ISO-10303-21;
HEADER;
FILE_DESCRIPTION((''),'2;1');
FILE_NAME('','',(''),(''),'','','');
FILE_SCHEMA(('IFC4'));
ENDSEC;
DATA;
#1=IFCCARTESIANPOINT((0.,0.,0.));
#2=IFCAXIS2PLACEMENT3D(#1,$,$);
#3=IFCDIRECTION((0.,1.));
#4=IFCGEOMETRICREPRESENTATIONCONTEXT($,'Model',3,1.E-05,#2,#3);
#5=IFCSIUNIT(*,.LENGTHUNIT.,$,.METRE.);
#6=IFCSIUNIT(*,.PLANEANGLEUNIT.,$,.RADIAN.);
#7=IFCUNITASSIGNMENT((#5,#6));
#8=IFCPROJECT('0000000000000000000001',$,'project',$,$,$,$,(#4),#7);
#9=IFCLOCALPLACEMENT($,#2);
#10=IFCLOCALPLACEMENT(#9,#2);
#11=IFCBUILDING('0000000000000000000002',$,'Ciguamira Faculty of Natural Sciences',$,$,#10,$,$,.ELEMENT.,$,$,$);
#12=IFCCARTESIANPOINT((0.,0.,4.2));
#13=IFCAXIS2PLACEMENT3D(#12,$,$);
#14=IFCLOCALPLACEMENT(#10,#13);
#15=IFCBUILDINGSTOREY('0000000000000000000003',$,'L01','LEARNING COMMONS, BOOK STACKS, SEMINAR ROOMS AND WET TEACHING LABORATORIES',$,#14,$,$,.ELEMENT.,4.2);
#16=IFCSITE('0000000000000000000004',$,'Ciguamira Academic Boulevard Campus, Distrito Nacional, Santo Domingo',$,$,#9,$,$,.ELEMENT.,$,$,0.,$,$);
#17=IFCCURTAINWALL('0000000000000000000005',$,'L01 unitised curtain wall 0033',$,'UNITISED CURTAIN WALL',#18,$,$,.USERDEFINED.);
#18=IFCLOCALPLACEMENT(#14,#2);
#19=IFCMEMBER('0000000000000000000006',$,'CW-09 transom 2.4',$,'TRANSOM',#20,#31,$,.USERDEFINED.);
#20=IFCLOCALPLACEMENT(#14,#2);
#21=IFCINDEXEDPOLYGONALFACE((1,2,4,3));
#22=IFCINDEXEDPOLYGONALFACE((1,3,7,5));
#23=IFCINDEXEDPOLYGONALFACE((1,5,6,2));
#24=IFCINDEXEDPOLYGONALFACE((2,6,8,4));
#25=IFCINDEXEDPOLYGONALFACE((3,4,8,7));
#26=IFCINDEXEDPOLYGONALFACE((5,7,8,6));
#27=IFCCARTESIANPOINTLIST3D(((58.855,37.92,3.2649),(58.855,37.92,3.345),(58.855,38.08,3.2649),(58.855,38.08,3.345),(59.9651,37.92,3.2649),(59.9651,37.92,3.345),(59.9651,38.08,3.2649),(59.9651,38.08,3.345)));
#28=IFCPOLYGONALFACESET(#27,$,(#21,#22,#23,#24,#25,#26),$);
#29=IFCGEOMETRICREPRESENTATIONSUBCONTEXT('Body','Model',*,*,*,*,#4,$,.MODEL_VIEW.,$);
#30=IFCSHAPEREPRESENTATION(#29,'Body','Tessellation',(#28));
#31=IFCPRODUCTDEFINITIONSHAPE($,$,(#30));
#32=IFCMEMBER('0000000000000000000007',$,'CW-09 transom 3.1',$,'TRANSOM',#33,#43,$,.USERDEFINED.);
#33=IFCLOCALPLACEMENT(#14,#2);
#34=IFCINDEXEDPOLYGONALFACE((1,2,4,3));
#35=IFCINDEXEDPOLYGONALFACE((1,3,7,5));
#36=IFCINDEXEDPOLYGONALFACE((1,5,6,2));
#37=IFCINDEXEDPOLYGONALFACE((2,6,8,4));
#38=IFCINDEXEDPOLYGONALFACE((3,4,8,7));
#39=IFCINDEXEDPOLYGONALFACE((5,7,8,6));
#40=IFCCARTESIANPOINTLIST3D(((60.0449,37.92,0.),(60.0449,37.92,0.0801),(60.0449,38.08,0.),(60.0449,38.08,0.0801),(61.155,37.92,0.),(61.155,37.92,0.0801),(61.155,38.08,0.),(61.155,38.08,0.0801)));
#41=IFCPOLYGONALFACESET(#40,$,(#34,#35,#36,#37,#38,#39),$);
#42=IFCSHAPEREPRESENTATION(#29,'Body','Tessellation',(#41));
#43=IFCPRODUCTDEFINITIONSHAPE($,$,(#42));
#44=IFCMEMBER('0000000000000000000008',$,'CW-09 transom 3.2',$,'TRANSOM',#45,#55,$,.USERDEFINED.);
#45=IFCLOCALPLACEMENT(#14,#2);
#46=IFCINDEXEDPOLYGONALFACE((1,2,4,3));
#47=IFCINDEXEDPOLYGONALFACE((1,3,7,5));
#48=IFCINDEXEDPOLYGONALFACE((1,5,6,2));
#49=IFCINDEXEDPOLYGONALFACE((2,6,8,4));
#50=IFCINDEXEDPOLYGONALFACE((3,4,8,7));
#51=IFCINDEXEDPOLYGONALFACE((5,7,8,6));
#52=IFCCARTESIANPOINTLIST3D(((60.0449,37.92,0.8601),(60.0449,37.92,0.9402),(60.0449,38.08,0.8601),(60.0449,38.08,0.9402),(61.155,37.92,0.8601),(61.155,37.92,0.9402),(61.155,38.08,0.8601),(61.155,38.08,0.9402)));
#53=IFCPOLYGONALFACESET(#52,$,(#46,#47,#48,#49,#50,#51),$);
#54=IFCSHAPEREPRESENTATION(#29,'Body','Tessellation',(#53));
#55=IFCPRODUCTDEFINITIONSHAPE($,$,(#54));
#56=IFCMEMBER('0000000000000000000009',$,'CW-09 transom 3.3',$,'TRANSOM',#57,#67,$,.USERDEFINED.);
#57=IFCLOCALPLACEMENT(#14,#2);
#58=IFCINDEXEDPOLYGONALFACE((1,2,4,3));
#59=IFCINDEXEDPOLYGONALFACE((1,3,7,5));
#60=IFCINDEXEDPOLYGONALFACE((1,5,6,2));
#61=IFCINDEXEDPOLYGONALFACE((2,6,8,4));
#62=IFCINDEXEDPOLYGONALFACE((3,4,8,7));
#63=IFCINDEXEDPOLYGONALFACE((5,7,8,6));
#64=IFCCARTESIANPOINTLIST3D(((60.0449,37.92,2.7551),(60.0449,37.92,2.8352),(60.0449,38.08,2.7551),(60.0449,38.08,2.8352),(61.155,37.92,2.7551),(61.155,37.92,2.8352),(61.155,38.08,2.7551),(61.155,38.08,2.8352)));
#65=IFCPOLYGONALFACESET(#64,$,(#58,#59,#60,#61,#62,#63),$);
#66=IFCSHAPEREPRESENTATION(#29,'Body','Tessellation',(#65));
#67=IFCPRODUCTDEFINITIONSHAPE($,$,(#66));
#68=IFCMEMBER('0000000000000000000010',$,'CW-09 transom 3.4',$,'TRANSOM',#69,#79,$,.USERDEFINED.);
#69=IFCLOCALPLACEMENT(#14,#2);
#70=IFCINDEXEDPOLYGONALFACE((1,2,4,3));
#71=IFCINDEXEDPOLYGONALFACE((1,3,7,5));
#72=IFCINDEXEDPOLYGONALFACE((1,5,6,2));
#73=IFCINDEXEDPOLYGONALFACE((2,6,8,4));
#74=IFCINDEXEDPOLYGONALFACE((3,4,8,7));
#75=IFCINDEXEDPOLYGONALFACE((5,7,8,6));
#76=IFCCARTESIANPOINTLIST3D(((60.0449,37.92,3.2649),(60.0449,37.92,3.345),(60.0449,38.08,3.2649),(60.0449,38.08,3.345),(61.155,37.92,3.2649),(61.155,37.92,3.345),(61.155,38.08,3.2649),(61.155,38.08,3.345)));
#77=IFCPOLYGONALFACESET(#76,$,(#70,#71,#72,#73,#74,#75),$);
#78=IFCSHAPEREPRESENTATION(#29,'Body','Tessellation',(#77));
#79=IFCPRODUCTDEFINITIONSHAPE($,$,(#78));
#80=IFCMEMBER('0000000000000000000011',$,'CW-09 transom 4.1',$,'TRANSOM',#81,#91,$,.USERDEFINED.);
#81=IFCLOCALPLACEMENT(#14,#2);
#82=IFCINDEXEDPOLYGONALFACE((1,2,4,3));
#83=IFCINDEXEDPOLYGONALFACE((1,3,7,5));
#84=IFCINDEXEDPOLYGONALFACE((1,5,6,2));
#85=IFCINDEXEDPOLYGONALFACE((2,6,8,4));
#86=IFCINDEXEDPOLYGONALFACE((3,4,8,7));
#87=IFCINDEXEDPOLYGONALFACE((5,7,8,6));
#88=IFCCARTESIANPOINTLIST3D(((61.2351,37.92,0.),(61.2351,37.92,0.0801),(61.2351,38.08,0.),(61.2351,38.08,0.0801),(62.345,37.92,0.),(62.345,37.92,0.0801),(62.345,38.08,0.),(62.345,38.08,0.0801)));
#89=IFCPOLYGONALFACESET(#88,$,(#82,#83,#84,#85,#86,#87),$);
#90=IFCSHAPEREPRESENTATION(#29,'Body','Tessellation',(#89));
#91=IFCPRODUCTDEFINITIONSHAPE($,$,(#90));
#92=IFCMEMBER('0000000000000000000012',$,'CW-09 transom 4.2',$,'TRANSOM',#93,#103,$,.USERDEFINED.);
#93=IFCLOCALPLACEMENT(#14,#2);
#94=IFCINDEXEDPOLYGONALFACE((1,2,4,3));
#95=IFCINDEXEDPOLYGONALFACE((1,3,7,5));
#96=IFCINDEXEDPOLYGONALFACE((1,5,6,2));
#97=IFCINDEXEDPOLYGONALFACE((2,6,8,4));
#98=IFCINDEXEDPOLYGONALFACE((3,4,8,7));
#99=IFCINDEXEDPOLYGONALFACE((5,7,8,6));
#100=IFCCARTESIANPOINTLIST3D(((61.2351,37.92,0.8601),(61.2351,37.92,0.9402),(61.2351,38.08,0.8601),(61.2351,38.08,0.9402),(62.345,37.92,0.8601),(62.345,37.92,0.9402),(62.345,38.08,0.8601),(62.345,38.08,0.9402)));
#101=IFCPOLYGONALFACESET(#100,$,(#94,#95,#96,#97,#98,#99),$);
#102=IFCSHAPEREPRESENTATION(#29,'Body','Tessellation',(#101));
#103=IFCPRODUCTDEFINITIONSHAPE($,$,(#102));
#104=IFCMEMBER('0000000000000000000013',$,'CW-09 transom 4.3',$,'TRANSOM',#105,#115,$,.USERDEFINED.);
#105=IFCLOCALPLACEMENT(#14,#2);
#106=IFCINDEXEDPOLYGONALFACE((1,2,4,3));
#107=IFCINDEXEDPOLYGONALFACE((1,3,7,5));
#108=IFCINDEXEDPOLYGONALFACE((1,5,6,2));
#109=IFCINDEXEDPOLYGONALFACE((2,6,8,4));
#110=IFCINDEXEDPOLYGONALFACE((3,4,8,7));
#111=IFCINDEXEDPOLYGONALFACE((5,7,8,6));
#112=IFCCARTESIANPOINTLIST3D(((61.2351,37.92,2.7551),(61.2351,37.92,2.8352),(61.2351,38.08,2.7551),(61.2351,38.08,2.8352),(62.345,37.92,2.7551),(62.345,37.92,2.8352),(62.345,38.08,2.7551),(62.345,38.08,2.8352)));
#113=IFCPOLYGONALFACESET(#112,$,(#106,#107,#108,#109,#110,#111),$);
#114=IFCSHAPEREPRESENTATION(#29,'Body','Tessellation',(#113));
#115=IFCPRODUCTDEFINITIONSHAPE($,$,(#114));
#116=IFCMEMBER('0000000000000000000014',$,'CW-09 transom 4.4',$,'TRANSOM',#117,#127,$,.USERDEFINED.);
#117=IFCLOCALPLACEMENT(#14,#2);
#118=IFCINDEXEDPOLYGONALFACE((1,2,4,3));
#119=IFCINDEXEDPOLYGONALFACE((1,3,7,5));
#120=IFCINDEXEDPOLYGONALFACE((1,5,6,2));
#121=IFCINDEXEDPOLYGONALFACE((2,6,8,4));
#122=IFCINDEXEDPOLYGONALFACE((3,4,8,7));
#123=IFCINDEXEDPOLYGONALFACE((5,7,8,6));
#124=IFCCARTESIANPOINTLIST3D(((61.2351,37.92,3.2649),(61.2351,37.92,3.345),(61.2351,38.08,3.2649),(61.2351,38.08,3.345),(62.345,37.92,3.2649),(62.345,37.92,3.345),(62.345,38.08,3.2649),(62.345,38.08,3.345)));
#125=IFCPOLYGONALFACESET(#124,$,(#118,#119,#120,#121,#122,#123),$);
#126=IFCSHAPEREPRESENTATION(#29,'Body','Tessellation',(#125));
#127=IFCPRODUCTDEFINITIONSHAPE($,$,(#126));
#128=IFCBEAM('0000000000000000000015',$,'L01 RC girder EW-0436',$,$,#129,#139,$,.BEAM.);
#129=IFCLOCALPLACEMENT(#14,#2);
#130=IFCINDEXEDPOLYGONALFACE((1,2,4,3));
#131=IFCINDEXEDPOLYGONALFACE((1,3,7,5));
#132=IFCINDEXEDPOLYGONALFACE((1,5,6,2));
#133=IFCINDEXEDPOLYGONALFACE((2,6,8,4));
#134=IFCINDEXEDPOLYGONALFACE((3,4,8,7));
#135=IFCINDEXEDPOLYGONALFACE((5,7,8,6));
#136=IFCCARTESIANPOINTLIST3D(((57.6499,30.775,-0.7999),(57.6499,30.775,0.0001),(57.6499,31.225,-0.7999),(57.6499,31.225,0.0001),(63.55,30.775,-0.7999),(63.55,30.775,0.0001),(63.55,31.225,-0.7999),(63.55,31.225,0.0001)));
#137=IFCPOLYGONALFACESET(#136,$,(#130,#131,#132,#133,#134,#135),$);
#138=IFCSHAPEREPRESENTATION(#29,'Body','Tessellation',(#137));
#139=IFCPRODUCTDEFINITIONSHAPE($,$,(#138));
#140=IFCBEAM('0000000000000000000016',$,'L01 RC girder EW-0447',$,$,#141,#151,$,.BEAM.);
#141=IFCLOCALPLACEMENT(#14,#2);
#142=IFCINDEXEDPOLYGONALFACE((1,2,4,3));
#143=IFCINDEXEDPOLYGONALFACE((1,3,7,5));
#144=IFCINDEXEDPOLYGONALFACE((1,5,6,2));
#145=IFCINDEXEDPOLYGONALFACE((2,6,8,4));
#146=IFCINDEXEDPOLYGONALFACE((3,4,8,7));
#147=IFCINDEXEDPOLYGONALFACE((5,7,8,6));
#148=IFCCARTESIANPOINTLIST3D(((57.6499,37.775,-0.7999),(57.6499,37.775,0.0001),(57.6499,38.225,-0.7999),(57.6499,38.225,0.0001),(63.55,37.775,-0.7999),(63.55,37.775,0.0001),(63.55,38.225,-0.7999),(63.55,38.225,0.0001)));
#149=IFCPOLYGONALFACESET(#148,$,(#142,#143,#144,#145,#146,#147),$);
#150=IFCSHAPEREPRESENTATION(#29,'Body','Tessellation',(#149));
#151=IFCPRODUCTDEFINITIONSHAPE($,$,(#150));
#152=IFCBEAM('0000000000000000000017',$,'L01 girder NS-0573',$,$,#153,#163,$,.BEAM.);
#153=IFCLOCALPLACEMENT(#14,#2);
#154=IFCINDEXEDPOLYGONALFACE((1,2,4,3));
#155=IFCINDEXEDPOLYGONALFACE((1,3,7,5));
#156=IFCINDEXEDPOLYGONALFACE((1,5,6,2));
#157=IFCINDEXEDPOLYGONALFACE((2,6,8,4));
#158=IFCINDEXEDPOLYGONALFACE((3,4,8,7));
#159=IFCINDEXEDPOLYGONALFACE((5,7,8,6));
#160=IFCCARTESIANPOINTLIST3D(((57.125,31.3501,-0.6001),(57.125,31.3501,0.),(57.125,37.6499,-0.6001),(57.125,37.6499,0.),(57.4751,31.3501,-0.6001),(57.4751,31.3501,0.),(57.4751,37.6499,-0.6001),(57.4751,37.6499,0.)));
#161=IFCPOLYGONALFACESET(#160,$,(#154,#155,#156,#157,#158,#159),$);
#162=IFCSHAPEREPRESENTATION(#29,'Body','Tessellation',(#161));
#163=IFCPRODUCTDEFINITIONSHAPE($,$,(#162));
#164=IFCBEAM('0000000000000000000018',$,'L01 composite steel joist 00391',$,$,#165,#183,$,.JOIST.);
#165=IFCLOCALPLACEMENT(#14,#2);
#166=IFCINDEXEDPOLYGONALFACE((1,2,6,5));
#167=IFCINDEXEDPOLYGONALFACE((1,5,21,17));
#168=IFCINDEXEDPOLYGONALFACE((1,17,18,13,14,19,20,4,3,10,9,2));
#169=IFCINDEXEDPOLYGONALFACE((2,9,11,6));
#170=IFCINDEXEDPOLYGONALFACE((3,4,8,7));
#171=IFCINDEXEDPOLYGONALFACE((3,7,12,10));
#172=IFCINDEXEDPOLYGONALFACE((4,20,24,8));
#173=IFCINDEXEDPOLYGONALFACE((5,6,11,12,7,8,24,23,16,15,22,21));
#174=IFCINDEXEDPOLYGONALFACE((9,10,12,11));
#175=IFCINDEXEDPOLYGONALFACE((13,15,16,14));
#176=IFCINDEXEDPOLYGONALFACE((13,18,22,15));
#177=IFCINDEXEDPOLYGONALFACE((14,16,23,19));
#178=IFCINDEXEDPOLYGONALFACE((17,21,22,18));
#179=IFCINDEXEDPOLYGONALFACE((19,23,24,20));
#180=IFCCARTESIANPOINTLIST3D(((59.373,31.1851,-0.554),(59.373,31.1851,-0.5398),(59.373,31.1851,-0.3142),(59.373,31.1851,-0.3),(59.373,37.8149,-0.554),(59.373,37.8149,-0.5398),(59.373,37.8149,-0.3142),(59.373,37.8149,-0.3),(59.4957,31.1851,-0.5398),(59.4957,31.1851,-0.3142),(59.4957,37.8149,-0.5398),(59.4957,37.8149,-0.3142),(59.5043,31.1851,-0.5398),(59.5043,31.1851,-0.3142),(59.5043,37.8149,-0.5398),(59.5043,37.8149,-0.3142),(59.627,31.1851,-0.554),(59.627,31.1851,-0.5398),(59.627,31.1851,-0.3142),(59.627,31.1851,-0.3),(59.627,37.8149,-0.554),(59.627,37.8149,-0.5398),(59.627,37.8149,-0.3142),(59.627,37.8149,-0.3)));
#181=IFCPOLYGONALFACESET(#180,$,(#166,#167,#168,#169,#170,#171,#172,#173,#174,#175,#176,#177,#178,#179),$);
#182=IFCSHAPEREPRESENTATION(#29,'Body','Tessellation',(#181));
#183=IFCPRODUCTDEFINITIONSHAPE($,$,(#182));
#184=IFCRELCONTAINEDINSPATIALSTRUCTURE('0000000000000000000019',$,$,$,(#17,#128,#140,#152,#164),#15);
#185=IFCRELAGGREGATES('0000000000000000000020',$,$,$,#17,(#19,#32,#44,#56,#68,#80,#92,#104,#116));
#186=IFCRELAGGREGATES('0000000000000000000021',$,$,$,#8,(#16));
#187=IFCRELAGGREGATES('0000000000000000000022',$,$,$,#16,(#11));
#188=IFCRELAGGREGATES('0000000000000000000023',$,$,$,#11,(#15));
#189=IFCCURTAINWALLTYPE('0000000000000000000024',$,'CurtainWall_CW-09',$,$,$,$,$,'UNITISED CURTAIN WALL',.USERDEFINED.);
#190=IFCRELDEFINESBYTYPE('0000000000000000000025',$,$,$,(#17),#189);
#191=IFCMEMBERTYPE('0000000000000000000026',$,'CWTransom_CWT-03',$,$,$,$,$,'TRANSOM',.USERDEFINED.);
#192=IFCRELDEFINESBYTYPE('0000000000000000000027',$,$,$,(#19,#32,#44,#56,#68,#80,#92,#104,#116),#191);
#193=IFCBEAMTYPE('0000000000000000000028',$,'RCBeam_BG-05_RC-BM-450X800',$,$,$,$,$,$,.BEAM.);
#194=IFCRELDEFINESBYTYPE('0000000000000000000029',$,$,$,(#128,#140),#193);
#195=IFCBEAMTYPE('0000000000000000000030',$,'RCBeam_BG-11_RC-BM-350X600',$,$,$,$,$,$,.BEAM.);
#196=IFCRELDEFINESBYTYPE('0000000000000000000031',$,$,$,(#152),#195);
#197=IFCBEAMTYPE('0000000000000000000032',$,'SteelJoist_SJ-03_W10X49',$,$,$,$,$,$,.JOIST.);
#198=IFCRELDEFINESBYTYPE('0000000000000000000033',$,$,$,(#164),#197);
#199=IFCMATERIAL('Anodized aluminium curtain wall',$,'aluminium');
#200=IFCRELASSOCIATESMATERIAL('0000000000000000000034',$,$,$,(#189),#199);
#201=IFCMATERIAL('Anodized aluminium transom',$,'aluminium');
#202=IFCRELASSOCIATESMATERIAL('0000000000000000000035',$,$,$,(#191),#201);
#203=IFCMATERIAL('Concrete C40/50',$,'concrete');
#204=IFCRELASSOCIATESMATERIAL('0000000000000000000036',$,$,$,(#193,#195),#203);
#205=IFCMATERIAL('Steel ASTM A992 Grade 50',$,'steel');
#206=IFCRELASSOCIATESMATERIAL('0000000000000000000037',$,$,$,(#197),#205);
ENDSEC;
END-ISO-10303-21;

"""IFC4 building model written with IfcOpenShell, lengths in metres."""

from ifc_helpers import new_model, si_unit, direction, frame, origin, origin_2d, place, context, subcontext, project, spatial, rectangle, i_section, extrude, material, material_profile, profile_set, type_object, element, aggregate, save


model = new_model("IFC4")

# Units and contexts
model_context = context("Model", 3, precision=1e-05, world=origin(), true_north=direction((0.0, 1.0)))
body_context = subcontext(model_context, "Body", "Model", "MODEL_VIEW")
ifc_project = project(units=[si_unit("LENGTHUNIT", "METRE"), si_unit("PLANEANGLEUNIT", "RADIAN")], contexts=[model_context])

# Site, building, storey
site_placement = place(None, origin())
site = spatial("IfcSite", under=ifc_project, at=site_placement, Name="Ciguamira Academic Boulevard Campus, Distrito Nacional, Santo Domingo", CompositionType="ELEMENT", RefElevation=0.0)
building_placement = place(site_placement, origin())
building = spatial("IfcBuilding", under=site, at=building_placement, Name="Ciguamira Faculty of Natural Sciences", CompositionType="ELEMENT")
storey_placement = place(building_placement, frame((0.0, 0.0, 4.2)))
storey = spatial("IfcBuildingStorey", under=building, at=storey_placement, Name="L01", Description="LEARNING COMMONS, BOOK STACKS, SEMINAR ROOMS AND WET TEACHING LABORATORIES", CompositionType="ELEMENT", Elevation=4.2)

# Shared definitions
ifc_material_1 = material(Name="Concrete C40/50", Category="concrete")

# Shared definitions
ifc_material_2 = material(Name="Anodized aluminium curtain wall", Category="aluminium")

# Curtain wall, members
curtain_wall_type_1 = type_object("IfcCurtainWallType", Name="CurtainWall_CW-09", ElementType="UNITISED CURTAIN WALL", PredefinedType="USERDEFINED", material=ifc_material_2)
curtain_wall_1_placement = place(storey_placement, origin())
curtain_wall_1 = element("IfcCurtainWall", 1, at=curtain_wall_1_placement, inside=storey, type_object=curtain_wall_type_1, Name="L01 unitised curtain wall 0033", ObjectType="UNITISED CURTAIN WALL", PredefinedType="USERDEFINED")
ifc_material_3 = material(Name="Anodized aluminium transom", Category="aluminium")
ifc_material_profile_1 = material_profile(ifc_material_3, rectangle(XDim=0.0801, YDim=0.1599, at=origin_2d()), Name="ALU-TRN-80X160")
ifc_profile_set_1 = profile_set([ifc_material_profile_1], Name="Anodized aluminium transom")
member_type_1 = type_object("IfcMemberType", Name="CWTransom_CWT-03", ElementType="TRANSOM", PredefinedType="USERDEFINED", material=ifc_profile_set_1)
member_1_placement = place(storey_placement, frame((58.855, 38.0, 3.3049), z_axis=(1.0, 0.0, 0.0), x_axis=(0.0, 0.0, 1.0)))
member_1 = element("IfcMember", 2, at=member_1_placement, type_object=member_type_1, Name="CW-09 transom 2.4", ObjectType="TRANSOM", PredefinedType="USERDEFINED", context=body_context, shape_type="SweptSolid", body=[
    extrude(rectangle(XDim=0.0801, YDim=0.1599, at=origin_2d()), origin(), (0.0, 0.0, 1.0), 1.1101),
])
member_2_placement = place(storey_placement, frame((60.0449, 38.0, 0.04), z_axis=(1.0, 0.0, 0.0), x_axis=(0.0, 0.0, 1.0)))
member_2 = element("IfcMember", 3, at=member_2_placement, type_object=member_type_1, Name="CW-09 transom 3.1", ObjectType="TRANSOM", PredefinedType="USERDEFINED", context=body_context, shape_type="SweptSolid", body=[
    extrude(rectangle(XDim=0.0801, YDim=0.1599, at=origin_2d()), origin(), (0.0, 0.0, 1.0), 1.1101),
])
member_3_placement = place(storey_placement, frame((60.0449, 38.0, 0.9001), z_axis=(1.0, 0.0, 0.0), x_axis=(0.0, 0.0, 1.0)))
member_3 = element("IfcMember", 4, at=member_3_placement, type_object=member_type_1, Name="CW-09 transom 3.2", ObjectType="TRANSOM", PredefinedType="USERDEFINED", context=body_context, shape_type="SweptSolid", body=[
    extrude(rectangle(XDim=0.0801, YDim=0.1599, at=origin_2d()), origin(), (0.0, 0.0, 1.0), 1.1101),
])
member_4_placement = place(storey_placement, frame((60.0449, 38.0, 2.7952), z_axis=(1.0, 0.0, 0.0), x_axis=(0.0, 0.0, 1.0)))
member_4 = element("IfcMember", 5, at=member_4_placement, type_object=member_type_1, Name="CW-09 transom 3.3", ObjectType="TRANSOM", PredefinedType="USERDEFINED", context=body_context, shape_type="SweptSolid", body=[
    extrude(rectangle(XDim=0.0801, YDim=0.1599, at=origin_2d()), origin(), (0.0, 0.0, 1.0), 1.1101),
])
member_5_placement = place(storey_placement, frame((60.0449, 38.0, 3.3049), z_axis=(1.0, 0.0, 0.0), x_axis=(0.0, 0.0, 1.0)))
member_5 = element("IfcMember", 6, at=member_5_placement, type_object=member_type_1, Name="CW-09 transom 3.4", ObjectType="TRANSOM", PredefinedType="USERDEFINED", context=body_context, shape_type="SweptSolid", body=[
    extrude(rectangle(XDim=0.0801, YDim=0.1599, at=origin_2d()), origin(), (0.0, 0.0, 1.0), 1.1101),
])
member_6_placement = place(storey_placement, frame((61.2351, 38.0, 0.04), z_axis=(1.0, 0.0, 0.0), x_axis=(0.0, 0.0, 1.0)))
member_6 = element("IfcMember", 7, at=member_6_placement, type_object=member_type_1, Name="CW-09 transom 4.1", ObjectType="TRANSOM", PredefinedType="USERDEFINED", context=body_context, shape_type="SweptSolid", body=[
    extrude(rectangle(XDim=0.0801, YDim=0.1599, at=origin_2d()), origin(), (0.0, 0.0, 1.0), 1.1099),
])
member_7_placement = place(storey_placement, frame((61.2351, 38.0, 0.9001), z_axis=(1.0, 0.0, 0.0), x_axis=(0.0, 0.0, 1.0)))
member_7 = element("IfcMember", 8, at=member_7_placement, type_object=member_type_1, Name="CW-09 transom 4.2", ObjectType="TRANSOM", PredefinedType="USERDEFINED", context=body_context, shape_type="SweptSolid", body=[
    extrude(rectangle(XDim=0.0801, YDim=0.1599, at=origin_2d()), origin(), (0.0, 0.0, 1.0), 1.1099),
])
member_8_placement = place(storey_placement, frame((61.2351, 38.0, 2.7952), z_axis=(1.0, 0.0, 0.0), x_axis=(0.0, 0.0, 1.0)))
member_8 = element("IfcMember", 9, at=member_8_placement, type_object=member_type_1, Name="CW-09 transom 4.3", ObjectType="TRANSOM", PredefinedType="USERDEFINED", context=body_context, shape_type="SweptSolid", body=[
    extrude(rectangle(XDim=0.0801, YDim=0.1599, at=origin_2d()), origin(), (0.0, 0.0, 1.0), 1.1099),
])
member_9_placement = place(storey_placement, frame((61.2351, 38.0, 3.3049), z_axis=(1.0, 0.0, 0.0), x_axis=(0.0, 0.0, 1.0)))
member_9 = element("IfcMember", 10, at=member_9_placement, type_object=member_type_1, Name="CW-09 transom 4.4", ObjectType="TRANSOM", PredefinedType="USERDEFINED", context=body_context, shape_type="SweptSolid", body=[
    extrude(rectangle(XDim=0.0801, YDim=0.1599, at=origin_2d()), origin(), (0.0, 0.0, 1.0), 1.1099),
])

# Beams
ifc_material_profile_2 = material_profile(ifc_material_1, rectangle(XDim=0.45, YDim=0.8, at=origin_2d()), Name="RC-BM-450X800")
ifc_profile_set_2 = profile_set([ifc_material_profile_2], Name="Concrete C40/50")
beam_type_1 = type_object("IfcBeamType", Name="RCBeam_BG-05_RC-BM-450X800", PredefinedType="BEAM", material=ifc_profile_set_2)
for number, where, z_axis, x_axis, name in (
    (11, (57.6499, 31.0, -0.3999), (1.0, 0.0, 0.0), (0.0, 1.0, 0.0), "L01 RC girder EW-0436"),
    (12, (57.6499, 38.0, -0.3999), (1.0, 0.0, 0.0), (0.0, 1.0, 0.0), "L01 RC girder EW-0447"),
):
    element("IfcBeam", number, at=place(storey_placement, frame(where, z_axis=z_axis, x_axis=x_axis)), inside=storey, type_object=beam_type_1, Name=name, PredefinedType="BEAM", context=body_context, shape_type="SweptSolid", body=[
        extrude(rectangle(XDim=0.45, YDim=0.8, at=origin_2d()), origin(), (0.0, 0.0, 1.0), 5.9001),
    ])
ifc_material_profile_3 = material_profile(ifc_material_1, rectangle(XDim=0.3501, YDim=0.6001, at=origin_2d()), Name="RC-BM-350X600")
ifc_profile_set_3 = profile_set([ifc_material_profile_3], Name="Concrete C40/50")
beam_type_2 = type_object("IfcBeamType", Name="RCBeam_BG-11_RC-BM-350X600", PredefinedType="BEAM", material=ifc_profile_set_3)
beam_1_placement = place(storey_placement, frame((57.3, 31.3501, -0.3), z_axis=(0.0, 1.0, 0.0), x_axis=(-1.0, 0.0, 0.0)))
element("IfcBeam", 13, at=beam_1_placement, inside=storey, type_object=beam_type_2, Name="L01 girder NS-0573", PredefinedType="BEAM", context=body_context, shape_type="SweptSolid", body=[
    extrude(rectangle(XDim=0.3501, YDim=0.6001, at=origin_2d()), origin(), (0.0, 0.0, 1.0), 6.2998),
])
ifc_material_4 = material(Name="Steel ASTM A992 Grade 50", Category="steel")
ifc_material_profile_4 = material_profile(ifc_material_4, i_section(OverallWidth=0.2539, OverallDepth=0.2539, WebThickness=0.0085, FlangeThickness=0.0142, at=origin_2d()), Name="W10X49")
ifc_profile_set_4 = profile_set([ifc_material_profile_4], Name="Steel ASTM A992 Grade 50")
beam_type_3 = type_object("IfcBeamType", Name="SteelJoist_SJ-03_W10X49", PredefinedType="JOIST", material=ifc_profile_set_4)
beam_2_placement = place(storey_placement, frame((59.5, 31.1851, -0.427), z_axis=(0.0, 1.0, 0.0), x_axis=(-1.0, 0.0, 0.0)))
element("IfcBeam", 14, at=beam_2_placement, inside=storey, type_object=beam_type_3, Name="L01 composite steel joist 00391", PredefinedType="JOIST", context=body_context, shape_type="SweptSolid", body=[
    extrude(i_section(OverallWidth=0.2539, OverallDepth=0.2539, WebThickness=0.0085, FlangeThickness=0.0142, at=origin_2d()), origin(), (0.0, 0.0, 1.0), 6.6299),
])

aggregate(curtain_wall_1, [member_1, member_2, member_3, member_4, member_5, member_6, member_7, member_8, member_9])

save(model, "model.ifc")
